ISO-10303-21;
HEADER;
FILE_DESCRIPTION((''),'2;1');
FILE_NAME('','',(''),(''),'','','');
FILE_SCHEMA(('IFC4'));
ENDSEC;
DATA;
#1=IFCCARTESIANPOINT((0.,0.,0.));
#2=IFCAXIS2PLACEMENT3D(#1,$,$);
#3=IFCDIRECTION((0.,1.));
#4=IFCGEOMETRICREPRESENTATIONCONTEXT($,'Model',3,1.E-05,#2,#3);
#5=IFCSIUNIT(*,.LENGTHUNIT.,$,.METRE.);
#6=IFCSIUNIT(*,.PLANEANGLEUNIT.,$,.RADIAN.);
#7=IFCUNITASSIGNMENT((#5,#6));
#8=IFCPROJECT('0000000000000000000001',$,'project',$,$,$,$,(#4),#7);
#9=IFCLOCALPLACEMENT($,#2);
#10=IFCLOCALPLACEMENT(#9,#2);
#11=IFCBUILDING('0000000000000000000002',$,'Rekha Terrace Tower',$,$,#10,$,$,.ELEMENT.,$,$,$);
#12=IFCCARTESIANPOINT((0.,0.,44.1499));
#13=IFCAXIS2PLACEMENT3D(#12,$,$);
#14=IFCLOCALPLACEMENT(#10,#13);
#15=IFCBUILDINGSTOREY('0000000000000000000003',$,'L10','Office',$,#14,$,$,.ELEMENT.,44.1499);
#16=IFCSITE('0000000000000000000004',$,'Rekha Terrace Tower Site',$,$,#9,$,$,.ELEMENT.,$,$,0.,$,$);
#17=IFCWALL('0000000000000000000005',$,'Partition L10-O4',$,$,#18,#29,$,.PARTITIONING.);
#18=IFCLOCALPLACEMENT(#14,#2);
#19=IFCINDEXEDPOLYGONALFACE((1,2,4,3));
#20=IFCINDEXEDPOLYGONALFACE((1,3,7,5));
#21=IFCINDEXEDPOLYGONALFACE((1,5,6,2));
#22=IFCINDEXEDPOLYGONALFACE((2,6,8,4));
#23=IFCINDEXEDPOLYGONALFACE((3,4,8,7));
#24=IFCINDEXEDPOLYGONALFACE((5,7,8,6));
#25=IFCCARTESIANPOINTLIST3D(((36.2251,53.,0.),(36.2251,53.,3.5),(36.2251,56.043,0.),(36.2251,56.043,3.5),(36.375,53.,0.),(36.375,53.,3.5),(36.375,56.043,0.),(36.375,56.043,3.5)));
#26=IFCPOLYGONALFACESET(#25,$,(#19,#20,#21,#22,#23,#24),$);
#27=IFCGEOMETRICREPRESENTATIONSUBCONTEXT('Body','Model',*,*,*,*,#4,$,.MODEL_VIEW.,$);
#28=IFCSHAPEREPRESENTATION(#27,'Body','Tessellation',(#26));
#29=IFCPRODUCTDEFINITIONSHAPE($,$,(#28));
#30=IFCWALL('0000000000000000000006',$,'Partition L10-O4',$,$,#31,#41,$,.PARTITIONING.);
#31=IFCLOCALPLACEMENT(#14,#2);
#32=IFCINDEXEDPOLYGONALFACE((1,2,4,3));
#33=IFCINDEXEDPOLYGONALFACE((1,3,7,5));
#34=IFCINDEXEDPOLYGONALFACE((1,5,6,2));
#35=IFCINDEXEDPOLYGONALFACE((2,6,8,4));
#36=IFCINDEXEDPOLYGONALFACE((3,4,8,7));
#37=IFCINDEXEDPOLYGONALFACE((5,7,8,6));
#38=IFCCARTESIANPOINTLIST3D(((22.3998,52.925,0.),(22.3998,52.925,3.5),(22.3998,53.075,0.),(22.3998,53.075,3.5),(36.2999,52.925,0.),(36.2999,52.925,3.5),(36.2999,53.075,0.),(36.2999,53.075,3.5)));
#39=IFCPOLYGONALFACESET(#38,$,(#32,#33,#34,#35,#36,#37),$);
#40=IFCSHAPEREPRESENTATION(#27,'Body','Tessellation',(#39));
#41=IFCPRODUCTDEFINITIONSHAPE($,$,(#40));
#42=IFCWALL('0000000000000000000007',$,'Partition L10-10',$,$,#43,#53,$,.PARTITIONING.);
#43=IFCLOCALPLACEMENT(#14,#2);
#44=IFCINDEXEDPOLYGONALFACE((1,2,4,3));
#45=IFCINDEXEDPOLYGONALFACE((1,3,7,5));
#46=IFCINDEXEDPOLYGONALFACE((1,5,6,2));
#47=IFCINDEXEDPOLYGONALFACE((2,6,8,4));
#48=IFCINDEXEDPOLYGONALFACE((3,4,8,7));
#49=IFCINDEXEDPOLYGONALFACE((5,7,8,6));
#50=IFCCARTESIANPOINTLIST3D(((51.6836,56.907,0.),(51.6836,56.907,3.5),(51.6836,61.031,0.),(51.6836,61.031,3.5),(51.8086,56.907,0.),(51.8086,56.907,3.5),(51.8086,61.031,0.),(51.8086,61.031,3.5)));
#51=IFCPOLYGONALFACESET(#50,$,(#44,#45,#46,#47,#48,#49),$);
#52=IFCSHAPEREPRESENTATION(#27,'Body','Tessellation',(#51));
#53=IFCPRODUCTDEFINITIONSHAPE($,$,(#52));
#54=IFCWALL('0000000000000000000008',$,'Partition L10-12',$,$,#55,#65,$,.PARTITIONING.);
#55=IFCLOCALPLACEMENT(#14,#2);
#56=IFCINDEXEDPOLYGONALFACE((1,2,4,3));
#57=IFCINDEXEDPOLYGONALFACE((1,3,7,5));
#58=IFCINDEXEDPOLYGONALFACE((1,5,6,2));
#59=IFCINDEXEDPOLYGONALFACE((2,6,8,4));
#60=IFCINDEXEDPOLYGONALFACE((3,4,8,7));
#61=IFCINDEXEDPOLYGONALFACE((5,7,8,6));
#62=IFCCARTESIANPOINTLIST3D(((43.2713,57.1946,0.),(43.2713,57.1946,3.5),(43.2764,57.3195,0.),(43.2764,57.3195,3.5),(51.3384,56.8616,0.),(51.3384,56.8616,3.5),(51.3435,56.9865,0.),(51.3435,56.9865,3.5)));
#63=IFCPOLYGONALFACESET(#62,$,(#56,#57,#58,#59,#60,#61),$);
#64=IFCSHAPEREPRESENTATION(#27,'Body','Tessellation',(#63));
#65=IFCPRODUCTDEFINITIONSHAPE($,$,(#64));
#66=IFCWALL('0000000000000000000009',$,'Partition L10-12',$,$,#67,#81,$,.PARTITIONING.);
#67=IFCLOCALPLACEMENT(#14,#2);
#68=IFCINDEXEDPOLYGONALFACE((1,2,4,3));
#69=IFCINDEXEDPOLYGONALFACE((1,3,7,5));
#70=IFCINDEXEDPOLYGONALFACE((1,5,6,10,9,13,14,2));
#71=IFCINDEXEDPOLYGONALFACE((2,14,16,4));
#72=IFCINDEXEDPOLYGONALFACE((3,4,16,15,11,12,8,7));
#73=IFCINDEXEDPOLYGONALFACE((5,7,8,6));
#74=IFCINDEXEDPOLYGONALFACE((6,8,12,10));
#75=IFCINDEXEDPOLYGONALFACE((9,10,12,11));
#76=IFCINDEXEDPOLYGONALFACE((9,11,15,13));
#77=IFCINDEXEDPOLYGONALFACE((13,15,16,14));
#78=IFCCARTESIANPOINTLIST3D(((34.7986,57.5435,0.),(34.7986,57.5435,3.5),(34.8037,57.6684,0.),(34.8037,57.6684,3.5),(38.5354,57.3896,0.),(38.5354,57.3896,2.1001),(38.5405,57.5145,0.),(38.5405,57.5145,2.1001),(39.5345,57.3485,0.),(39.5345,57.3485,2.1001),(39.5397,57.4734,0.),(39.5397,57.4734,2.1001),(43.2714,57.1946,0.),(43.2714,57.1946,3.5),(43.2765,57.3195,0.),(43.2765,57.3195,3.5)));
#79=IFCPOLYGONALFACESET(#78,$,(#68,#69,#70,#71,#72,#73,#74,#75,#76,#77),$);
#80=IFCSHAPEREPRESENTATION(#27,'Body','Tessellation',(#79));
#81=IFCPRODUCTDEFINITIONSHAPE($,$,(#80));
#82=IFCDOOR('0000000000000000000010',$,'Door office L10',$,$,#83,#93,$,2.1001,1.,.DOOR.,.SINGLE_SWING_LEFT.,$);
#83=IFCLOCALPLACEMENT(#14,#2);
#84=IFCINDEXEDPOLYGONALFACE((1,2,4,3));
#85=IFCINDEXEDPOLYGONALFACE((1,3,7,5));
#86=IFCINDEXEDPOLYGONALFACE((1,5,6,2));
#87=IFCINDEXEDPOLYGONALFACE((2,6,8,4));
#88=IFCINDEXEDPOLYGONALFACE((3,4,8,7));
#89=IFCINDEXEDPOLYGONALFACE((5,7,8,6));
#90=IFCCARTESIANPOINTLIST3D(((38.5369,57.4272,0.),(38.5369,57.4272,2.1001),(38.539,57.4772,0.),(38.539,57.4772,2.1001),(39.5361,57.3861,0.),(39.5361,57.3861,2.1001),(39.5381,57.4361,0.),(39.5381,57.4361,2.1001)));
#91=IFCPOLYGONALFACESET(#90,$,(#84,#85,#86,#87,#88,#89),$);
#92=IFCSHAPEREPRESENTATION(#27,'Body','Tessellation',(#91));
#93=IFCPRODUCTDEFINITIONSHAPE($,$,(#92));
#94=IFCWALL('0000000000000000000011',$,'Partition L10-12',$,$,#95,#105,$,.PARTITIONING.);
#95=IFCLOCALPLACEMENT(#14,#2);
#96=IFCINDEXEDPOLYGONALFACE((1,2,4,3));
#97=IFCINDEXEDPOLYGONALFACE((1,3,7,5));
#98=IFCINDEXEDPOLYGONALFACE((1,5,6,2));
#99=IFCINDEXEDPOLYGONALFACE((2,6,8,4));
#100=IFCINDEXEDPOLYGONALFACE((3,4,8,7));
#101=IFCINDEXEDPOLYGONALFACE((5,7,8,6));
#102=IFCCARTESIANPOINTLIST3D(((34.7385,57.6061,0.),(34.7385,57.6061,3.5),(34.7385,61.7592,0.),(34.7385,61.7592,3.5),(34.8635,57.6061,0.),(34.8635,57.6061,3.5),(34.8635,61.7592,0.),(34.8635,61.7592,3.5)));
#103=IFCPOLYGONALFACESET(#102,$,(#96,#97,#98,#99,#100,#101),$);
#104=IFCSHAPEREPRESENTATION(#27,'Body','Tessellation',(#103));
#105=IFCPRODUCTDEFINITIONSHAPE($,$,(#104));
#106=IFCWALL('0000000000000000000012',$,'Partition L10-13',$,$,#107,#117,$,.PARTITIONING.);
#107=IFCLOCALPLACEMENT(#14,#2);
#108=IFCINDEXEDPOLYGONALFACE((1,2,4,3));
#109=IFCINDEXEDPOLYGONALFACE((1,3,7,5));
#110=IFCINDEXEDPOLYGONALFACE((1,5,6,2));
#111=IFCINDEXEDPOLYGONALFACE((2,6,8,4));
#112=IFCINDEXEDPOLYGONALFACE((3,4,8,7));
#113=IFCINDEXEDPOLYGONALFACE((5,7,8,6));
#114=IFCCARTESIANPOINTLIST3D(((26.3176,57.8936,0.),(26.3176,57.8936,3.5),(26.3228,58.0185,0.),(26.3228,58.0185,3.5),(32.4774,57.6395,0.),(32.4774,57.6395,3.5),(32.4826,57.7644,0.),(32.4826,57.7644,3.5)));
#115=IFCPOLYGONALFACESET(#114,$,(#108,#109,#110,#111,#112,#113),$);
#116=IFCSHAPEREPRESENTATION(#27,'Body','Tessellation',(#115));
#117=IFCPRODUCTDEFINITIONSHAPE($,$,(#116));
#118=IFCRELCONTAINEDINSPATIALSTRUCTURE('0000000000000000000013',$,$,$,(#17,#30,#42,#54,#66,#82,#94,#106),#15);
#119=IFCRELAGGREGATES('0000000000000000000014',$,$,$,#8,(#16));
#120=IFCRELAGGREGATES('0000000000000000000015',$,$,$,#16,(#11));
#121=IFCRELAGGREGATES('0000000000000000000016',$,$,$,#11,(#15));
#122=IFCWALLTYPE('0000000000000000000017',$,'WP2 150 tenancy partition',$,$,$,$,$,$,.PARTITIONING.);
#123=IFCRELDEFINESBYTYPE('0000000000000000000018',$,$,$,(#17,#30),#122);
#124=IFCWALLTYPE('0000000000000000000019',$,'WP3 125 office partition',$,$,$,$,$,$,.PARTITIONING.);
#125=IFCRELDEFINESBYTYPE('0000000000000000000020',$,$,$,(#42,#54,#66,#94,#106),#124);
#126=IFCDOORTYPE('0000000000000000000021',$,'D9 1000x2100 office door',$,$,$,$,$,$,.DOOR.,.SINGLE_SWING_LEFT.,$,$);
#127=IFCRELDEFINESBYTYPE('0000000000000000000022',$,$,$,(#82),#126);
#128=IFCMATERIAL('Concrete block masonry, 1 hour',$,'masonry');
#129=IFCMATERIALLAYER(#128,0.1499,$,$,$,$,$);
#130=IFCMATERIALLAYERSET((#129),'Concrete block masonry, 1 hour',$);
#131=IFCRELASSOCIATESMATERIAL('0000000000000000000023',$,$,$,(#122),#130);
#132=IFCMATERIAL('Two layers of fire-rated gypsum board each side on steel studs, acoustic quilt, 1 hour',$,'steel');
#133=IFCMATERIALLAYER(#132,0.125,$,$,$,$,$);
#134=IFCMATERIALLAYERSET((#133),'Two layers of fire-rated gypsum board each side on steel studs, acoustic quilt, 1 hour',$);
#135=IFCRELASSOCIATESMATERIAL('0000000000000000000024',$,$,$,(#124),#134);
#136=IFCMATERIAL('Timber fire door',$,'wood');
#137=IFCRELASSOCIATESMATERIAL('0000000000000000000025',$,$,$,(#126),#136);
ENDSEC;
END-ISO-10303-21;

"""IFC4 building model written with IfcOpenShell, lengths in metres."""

from ifc_helpers import new_model, si_unit, direction, frame, frame_2d, origin, place, context, subcontext, project, spatial, rectangle, extrude, material, layer, layer_set, type_object, element, fill, save


model = new_model("IFC4")

# Units and contexts
model_context = context("Model", 3, precision=1e-05, world=origin(), true_north=direction((0.0, 1.0)))
body_context = subcontext(model_context, "Body", "Model", "MODEL_VIEW")
ifc_project = project(units=[si_unit("LENGTHUNIT", "METRE"), si_unit("PLANEANGLEUNIT", "RADIAN")], contexts=[model_context])

# Site, building, storey
site_placement = place(None, origin())
site = spatial("IfcSite", under=ifc_project, at=site_placement, Name="Rekha Terrace Tower Site", CompositionType="ELEMENT", RefElevation=0.0)
building_placement = place(site_placement, origin())
building = spatial("IfcBuilding", under=site, at=building_placement, Name="Rekha Terrace Tower", CompositionType="ELEMENT")
storey_placement = place(building_placement, frame((0.0, 0.0, 44.1499)))
storey = spatial("IfcBuildingStorey", under=building, at=storey_placement, Name="L10", Description="Office", CompositionType="ELEMENT", Elevation=44.1499)

# Shared definitions
ifc_material_1 = material(Name="Concrete block masonry, 1 hour", Category="masonry")
ifc_layer_1 = layer(ifc_material_1, 0.1499)
ifc_layer_set_1 = layer_set([ifc_layer_1], Name="Concrete block masonry, 1 hour")
wall_type_1 = type_object("IfcWallType", Name="WP2 150 tenancy partition", PredefinedType="PARTITIONING", material=ifc_layer_set_1)

# Walls
wall_1_placement = place(storey_placement, frame((36.3, 56.043, 0.0), z_axis=(0.0, 0.0, 1.0), x_axis=(0.0, -1.0, 0.0)))
element("IfcWall", 1, at=wall_1_placement, inside=storey, type_object=wall_type_1, Name="Partition L10-O4", PredefinedType="PARTITIONING", context=body_context, shape_type="SweptSolid", body=[
    extrude(rectangle(XDim=3.043, YDim=0.1499, at=frame_2d((1.5215, 0.0))), origin(), (0.0, 0.0, 1.0), 3.5),
])
wall_2_placement = place(storey_placement, frame((36.3, 53.0, 0.0), z_axis=(0.0, 0.0, 1.0), x_axis=(-1.0, 0.0, 0.0)))
element("IfcWall", 2, at=wall_2_placement, inside=storey, type_object=wall_type_1, Name="Partition L10-O4", PredefinedType="PARTITIONING", context=body_context, shape_type="SweptSolid", body=[
    extrude(rectangle(XDim=13.9001, YDim=0.1499, at=frame_2d((6.9502, 0.0))), origin(), (0.0, 0.0, 1.0), 3.5),
])
ifc_material_2 = material(Name="Two layers of fire-rated gypsum board each side on steel studs, acoustic quilt, 1 hour", Category="steel")
ifc_layer_2 = layer(ifc_material_2, 0.125)
ifc_layer_set_2 = layer_set([ifc_layer_2], Name="Two layers of fire-rated gypsum board each side on steel studs, acoustic quilt, 1 hour")
wall_type_2 = type_object("IfcWallType", Name="WP3 125 office partition", PredefinedType="PARTITIONING", material=ifc_layer_set_2)
wall_3_placement = place(storey_placement, frame((51.7461, 56.907, 0.0), z_axis=(0.0, 0.0, 1.0), x_axis=(0.0, 1.0, 0.0)))
element("IfcWall", 3, at=wall_3_placement, inside=storey, type_object=wall_type_2, Name="Partition L10-10", PredefinedType="PARTITIONING", context=body_context, shape_type="SweptSolid", body=[
    extrude(rectangle(XDim=4.124, YDim=0.125, at=frame_2d((2.062, 0.0))), origin(), (0.0, 0.0, 1.0), 3.5),
])
wall_4_placement = place(storey_placement, frame((51.3411, 56.9241, 0.0), z_axis=(0.0, 0.0, 1.0), x_axis=(-0.999149, 0.041244, 0.0)))
element("IfcWall", 4, at=wall_4_placement, inside=storey, type_object=wall_type_2, Name="Partition L10-12", PredefinedType="PARTITIONING", context=body_context, shape_type="SweptSolid", body=[
    extrude(rectangle(XDim=8.074, YDim=0.125, at=frame_2d((4.0371, 0.0))), origin(), (0.0, 0.0, 1.0), 3.5),
])

# Wall, opening, door
wall_5_placement = place(storey_placement, frame((43.2739, 57.2571, 0.0), z_axis=(0.0, 0.0, 1.0), x_axis=(-0.999153, 0.041141, 0.0)))
wall_5 = element("IfcWall", 5, at=wall_5_placement, inside=storey, type_object=wall_type_2, Name="Partition L10-12", PredefinedType="PARTITIONING", context=body_context, shape_type="SweptSolid", body=[
    extrude(rectangle(XDim=8.48, YDim=0.125, at=frame_2d((4.24, 0.0))), origin(), (0.0, 0.0, 1.0), 3.5),
])
opening_1_placement = place(wall_5_placement, frame((3.74, 0.0, 0.0)))
opening_1 = element("IfcOpeningElement", 6, at=opening_1_placement, cuts=wall_5, PredefinedType="OPENING", context=body_context, shape_type="SweptSolid", body=[
    extrude(rectangle(XDim=1.0, YDim=2.1001, at=frame_2d((0.5, 1.05))), frame((0.0, 0.0725, 0.0), z_axis=(0.0, -1.0, 0.0), x_axis=(1.0, 0.0, 0.0)), (0.0, 0.0, 1.0), 0.145),
])
ifc_material_3 = material(Name="Timber fire door", Category="wood")
door_type_1 = type_object("IfcDoorType", Name="D9 1000x2100 office door", OperationType="SINGLE_SWING_LEFT", PredefinedType="DOOR", material=ifc_material_3)
door_1_placement = place(opening_1_placement, origin())
door_1 = element("IfcDoor", 7, at=door_1_placement, inside=storey, type_object=door_type_1, Name="Door office L10", OperationType="SINGLE_SWING_LEFT", OverallHeight=2.1001, OverallWidth=1.0, PredefinedType="DOOR", context=body_context, shape_type="SweptSolid", body=[
    extrude(rectangle(XDim=1.0, YDim=2.1001, at=frame_2d((0.5, 1.05))), frame((0.0, 0.0249, 0.0), z_axis=(0.0, -1.0, 0.0), x_axis=(1.0, 0.0, 0.0)), (0.0, 0.0, 1.0), 0.05),
])
fill(opening_1, door_1)

# Walls
wall_6_placement = place(storey_placement, frame((34.801, 57.606, 0.0), z_axis=(0.0, 0.0, 1.0), x_axis=(0.0, 1.0, 0.0)))
element("IfcWall", 8, at=wall_6_placement, inside=storey, type_object=wall_type_2, Name="Partition L10-12", PredefinedType="PARTITIONING", context=body_context, shape_type="SweptSolid", body=[
    extrude(rectangle(XDim=4.1531, YDim=0.125, at=frame_2d((2.0767, 0.0))), origin(), (0.0, 0.0, 1.0), 3.5),
])
wall_7_placement = place(storey_placement, frame((32.48, 57.7019, 0.0), z_axis=(0.0, 0.0, 1.0), x_axis=(-0.99915, 0.041224, 0.0)))
element("IfcWall", 9, at=wall_7_placement, inside=storey, type_object=wall_type_2, Name="Partition L10-13", PredefinedType="PARTITIONING", context=body_context, shape_type="SweptSolid", body=[
    extrude(rectangle(XDim=6.165, YDim=0.125, at=frame_2d((3.0825, 0.0))), origin(), (0.0, 0.0, 1.0), 3.5),
])

save(model, "model.ifc")
